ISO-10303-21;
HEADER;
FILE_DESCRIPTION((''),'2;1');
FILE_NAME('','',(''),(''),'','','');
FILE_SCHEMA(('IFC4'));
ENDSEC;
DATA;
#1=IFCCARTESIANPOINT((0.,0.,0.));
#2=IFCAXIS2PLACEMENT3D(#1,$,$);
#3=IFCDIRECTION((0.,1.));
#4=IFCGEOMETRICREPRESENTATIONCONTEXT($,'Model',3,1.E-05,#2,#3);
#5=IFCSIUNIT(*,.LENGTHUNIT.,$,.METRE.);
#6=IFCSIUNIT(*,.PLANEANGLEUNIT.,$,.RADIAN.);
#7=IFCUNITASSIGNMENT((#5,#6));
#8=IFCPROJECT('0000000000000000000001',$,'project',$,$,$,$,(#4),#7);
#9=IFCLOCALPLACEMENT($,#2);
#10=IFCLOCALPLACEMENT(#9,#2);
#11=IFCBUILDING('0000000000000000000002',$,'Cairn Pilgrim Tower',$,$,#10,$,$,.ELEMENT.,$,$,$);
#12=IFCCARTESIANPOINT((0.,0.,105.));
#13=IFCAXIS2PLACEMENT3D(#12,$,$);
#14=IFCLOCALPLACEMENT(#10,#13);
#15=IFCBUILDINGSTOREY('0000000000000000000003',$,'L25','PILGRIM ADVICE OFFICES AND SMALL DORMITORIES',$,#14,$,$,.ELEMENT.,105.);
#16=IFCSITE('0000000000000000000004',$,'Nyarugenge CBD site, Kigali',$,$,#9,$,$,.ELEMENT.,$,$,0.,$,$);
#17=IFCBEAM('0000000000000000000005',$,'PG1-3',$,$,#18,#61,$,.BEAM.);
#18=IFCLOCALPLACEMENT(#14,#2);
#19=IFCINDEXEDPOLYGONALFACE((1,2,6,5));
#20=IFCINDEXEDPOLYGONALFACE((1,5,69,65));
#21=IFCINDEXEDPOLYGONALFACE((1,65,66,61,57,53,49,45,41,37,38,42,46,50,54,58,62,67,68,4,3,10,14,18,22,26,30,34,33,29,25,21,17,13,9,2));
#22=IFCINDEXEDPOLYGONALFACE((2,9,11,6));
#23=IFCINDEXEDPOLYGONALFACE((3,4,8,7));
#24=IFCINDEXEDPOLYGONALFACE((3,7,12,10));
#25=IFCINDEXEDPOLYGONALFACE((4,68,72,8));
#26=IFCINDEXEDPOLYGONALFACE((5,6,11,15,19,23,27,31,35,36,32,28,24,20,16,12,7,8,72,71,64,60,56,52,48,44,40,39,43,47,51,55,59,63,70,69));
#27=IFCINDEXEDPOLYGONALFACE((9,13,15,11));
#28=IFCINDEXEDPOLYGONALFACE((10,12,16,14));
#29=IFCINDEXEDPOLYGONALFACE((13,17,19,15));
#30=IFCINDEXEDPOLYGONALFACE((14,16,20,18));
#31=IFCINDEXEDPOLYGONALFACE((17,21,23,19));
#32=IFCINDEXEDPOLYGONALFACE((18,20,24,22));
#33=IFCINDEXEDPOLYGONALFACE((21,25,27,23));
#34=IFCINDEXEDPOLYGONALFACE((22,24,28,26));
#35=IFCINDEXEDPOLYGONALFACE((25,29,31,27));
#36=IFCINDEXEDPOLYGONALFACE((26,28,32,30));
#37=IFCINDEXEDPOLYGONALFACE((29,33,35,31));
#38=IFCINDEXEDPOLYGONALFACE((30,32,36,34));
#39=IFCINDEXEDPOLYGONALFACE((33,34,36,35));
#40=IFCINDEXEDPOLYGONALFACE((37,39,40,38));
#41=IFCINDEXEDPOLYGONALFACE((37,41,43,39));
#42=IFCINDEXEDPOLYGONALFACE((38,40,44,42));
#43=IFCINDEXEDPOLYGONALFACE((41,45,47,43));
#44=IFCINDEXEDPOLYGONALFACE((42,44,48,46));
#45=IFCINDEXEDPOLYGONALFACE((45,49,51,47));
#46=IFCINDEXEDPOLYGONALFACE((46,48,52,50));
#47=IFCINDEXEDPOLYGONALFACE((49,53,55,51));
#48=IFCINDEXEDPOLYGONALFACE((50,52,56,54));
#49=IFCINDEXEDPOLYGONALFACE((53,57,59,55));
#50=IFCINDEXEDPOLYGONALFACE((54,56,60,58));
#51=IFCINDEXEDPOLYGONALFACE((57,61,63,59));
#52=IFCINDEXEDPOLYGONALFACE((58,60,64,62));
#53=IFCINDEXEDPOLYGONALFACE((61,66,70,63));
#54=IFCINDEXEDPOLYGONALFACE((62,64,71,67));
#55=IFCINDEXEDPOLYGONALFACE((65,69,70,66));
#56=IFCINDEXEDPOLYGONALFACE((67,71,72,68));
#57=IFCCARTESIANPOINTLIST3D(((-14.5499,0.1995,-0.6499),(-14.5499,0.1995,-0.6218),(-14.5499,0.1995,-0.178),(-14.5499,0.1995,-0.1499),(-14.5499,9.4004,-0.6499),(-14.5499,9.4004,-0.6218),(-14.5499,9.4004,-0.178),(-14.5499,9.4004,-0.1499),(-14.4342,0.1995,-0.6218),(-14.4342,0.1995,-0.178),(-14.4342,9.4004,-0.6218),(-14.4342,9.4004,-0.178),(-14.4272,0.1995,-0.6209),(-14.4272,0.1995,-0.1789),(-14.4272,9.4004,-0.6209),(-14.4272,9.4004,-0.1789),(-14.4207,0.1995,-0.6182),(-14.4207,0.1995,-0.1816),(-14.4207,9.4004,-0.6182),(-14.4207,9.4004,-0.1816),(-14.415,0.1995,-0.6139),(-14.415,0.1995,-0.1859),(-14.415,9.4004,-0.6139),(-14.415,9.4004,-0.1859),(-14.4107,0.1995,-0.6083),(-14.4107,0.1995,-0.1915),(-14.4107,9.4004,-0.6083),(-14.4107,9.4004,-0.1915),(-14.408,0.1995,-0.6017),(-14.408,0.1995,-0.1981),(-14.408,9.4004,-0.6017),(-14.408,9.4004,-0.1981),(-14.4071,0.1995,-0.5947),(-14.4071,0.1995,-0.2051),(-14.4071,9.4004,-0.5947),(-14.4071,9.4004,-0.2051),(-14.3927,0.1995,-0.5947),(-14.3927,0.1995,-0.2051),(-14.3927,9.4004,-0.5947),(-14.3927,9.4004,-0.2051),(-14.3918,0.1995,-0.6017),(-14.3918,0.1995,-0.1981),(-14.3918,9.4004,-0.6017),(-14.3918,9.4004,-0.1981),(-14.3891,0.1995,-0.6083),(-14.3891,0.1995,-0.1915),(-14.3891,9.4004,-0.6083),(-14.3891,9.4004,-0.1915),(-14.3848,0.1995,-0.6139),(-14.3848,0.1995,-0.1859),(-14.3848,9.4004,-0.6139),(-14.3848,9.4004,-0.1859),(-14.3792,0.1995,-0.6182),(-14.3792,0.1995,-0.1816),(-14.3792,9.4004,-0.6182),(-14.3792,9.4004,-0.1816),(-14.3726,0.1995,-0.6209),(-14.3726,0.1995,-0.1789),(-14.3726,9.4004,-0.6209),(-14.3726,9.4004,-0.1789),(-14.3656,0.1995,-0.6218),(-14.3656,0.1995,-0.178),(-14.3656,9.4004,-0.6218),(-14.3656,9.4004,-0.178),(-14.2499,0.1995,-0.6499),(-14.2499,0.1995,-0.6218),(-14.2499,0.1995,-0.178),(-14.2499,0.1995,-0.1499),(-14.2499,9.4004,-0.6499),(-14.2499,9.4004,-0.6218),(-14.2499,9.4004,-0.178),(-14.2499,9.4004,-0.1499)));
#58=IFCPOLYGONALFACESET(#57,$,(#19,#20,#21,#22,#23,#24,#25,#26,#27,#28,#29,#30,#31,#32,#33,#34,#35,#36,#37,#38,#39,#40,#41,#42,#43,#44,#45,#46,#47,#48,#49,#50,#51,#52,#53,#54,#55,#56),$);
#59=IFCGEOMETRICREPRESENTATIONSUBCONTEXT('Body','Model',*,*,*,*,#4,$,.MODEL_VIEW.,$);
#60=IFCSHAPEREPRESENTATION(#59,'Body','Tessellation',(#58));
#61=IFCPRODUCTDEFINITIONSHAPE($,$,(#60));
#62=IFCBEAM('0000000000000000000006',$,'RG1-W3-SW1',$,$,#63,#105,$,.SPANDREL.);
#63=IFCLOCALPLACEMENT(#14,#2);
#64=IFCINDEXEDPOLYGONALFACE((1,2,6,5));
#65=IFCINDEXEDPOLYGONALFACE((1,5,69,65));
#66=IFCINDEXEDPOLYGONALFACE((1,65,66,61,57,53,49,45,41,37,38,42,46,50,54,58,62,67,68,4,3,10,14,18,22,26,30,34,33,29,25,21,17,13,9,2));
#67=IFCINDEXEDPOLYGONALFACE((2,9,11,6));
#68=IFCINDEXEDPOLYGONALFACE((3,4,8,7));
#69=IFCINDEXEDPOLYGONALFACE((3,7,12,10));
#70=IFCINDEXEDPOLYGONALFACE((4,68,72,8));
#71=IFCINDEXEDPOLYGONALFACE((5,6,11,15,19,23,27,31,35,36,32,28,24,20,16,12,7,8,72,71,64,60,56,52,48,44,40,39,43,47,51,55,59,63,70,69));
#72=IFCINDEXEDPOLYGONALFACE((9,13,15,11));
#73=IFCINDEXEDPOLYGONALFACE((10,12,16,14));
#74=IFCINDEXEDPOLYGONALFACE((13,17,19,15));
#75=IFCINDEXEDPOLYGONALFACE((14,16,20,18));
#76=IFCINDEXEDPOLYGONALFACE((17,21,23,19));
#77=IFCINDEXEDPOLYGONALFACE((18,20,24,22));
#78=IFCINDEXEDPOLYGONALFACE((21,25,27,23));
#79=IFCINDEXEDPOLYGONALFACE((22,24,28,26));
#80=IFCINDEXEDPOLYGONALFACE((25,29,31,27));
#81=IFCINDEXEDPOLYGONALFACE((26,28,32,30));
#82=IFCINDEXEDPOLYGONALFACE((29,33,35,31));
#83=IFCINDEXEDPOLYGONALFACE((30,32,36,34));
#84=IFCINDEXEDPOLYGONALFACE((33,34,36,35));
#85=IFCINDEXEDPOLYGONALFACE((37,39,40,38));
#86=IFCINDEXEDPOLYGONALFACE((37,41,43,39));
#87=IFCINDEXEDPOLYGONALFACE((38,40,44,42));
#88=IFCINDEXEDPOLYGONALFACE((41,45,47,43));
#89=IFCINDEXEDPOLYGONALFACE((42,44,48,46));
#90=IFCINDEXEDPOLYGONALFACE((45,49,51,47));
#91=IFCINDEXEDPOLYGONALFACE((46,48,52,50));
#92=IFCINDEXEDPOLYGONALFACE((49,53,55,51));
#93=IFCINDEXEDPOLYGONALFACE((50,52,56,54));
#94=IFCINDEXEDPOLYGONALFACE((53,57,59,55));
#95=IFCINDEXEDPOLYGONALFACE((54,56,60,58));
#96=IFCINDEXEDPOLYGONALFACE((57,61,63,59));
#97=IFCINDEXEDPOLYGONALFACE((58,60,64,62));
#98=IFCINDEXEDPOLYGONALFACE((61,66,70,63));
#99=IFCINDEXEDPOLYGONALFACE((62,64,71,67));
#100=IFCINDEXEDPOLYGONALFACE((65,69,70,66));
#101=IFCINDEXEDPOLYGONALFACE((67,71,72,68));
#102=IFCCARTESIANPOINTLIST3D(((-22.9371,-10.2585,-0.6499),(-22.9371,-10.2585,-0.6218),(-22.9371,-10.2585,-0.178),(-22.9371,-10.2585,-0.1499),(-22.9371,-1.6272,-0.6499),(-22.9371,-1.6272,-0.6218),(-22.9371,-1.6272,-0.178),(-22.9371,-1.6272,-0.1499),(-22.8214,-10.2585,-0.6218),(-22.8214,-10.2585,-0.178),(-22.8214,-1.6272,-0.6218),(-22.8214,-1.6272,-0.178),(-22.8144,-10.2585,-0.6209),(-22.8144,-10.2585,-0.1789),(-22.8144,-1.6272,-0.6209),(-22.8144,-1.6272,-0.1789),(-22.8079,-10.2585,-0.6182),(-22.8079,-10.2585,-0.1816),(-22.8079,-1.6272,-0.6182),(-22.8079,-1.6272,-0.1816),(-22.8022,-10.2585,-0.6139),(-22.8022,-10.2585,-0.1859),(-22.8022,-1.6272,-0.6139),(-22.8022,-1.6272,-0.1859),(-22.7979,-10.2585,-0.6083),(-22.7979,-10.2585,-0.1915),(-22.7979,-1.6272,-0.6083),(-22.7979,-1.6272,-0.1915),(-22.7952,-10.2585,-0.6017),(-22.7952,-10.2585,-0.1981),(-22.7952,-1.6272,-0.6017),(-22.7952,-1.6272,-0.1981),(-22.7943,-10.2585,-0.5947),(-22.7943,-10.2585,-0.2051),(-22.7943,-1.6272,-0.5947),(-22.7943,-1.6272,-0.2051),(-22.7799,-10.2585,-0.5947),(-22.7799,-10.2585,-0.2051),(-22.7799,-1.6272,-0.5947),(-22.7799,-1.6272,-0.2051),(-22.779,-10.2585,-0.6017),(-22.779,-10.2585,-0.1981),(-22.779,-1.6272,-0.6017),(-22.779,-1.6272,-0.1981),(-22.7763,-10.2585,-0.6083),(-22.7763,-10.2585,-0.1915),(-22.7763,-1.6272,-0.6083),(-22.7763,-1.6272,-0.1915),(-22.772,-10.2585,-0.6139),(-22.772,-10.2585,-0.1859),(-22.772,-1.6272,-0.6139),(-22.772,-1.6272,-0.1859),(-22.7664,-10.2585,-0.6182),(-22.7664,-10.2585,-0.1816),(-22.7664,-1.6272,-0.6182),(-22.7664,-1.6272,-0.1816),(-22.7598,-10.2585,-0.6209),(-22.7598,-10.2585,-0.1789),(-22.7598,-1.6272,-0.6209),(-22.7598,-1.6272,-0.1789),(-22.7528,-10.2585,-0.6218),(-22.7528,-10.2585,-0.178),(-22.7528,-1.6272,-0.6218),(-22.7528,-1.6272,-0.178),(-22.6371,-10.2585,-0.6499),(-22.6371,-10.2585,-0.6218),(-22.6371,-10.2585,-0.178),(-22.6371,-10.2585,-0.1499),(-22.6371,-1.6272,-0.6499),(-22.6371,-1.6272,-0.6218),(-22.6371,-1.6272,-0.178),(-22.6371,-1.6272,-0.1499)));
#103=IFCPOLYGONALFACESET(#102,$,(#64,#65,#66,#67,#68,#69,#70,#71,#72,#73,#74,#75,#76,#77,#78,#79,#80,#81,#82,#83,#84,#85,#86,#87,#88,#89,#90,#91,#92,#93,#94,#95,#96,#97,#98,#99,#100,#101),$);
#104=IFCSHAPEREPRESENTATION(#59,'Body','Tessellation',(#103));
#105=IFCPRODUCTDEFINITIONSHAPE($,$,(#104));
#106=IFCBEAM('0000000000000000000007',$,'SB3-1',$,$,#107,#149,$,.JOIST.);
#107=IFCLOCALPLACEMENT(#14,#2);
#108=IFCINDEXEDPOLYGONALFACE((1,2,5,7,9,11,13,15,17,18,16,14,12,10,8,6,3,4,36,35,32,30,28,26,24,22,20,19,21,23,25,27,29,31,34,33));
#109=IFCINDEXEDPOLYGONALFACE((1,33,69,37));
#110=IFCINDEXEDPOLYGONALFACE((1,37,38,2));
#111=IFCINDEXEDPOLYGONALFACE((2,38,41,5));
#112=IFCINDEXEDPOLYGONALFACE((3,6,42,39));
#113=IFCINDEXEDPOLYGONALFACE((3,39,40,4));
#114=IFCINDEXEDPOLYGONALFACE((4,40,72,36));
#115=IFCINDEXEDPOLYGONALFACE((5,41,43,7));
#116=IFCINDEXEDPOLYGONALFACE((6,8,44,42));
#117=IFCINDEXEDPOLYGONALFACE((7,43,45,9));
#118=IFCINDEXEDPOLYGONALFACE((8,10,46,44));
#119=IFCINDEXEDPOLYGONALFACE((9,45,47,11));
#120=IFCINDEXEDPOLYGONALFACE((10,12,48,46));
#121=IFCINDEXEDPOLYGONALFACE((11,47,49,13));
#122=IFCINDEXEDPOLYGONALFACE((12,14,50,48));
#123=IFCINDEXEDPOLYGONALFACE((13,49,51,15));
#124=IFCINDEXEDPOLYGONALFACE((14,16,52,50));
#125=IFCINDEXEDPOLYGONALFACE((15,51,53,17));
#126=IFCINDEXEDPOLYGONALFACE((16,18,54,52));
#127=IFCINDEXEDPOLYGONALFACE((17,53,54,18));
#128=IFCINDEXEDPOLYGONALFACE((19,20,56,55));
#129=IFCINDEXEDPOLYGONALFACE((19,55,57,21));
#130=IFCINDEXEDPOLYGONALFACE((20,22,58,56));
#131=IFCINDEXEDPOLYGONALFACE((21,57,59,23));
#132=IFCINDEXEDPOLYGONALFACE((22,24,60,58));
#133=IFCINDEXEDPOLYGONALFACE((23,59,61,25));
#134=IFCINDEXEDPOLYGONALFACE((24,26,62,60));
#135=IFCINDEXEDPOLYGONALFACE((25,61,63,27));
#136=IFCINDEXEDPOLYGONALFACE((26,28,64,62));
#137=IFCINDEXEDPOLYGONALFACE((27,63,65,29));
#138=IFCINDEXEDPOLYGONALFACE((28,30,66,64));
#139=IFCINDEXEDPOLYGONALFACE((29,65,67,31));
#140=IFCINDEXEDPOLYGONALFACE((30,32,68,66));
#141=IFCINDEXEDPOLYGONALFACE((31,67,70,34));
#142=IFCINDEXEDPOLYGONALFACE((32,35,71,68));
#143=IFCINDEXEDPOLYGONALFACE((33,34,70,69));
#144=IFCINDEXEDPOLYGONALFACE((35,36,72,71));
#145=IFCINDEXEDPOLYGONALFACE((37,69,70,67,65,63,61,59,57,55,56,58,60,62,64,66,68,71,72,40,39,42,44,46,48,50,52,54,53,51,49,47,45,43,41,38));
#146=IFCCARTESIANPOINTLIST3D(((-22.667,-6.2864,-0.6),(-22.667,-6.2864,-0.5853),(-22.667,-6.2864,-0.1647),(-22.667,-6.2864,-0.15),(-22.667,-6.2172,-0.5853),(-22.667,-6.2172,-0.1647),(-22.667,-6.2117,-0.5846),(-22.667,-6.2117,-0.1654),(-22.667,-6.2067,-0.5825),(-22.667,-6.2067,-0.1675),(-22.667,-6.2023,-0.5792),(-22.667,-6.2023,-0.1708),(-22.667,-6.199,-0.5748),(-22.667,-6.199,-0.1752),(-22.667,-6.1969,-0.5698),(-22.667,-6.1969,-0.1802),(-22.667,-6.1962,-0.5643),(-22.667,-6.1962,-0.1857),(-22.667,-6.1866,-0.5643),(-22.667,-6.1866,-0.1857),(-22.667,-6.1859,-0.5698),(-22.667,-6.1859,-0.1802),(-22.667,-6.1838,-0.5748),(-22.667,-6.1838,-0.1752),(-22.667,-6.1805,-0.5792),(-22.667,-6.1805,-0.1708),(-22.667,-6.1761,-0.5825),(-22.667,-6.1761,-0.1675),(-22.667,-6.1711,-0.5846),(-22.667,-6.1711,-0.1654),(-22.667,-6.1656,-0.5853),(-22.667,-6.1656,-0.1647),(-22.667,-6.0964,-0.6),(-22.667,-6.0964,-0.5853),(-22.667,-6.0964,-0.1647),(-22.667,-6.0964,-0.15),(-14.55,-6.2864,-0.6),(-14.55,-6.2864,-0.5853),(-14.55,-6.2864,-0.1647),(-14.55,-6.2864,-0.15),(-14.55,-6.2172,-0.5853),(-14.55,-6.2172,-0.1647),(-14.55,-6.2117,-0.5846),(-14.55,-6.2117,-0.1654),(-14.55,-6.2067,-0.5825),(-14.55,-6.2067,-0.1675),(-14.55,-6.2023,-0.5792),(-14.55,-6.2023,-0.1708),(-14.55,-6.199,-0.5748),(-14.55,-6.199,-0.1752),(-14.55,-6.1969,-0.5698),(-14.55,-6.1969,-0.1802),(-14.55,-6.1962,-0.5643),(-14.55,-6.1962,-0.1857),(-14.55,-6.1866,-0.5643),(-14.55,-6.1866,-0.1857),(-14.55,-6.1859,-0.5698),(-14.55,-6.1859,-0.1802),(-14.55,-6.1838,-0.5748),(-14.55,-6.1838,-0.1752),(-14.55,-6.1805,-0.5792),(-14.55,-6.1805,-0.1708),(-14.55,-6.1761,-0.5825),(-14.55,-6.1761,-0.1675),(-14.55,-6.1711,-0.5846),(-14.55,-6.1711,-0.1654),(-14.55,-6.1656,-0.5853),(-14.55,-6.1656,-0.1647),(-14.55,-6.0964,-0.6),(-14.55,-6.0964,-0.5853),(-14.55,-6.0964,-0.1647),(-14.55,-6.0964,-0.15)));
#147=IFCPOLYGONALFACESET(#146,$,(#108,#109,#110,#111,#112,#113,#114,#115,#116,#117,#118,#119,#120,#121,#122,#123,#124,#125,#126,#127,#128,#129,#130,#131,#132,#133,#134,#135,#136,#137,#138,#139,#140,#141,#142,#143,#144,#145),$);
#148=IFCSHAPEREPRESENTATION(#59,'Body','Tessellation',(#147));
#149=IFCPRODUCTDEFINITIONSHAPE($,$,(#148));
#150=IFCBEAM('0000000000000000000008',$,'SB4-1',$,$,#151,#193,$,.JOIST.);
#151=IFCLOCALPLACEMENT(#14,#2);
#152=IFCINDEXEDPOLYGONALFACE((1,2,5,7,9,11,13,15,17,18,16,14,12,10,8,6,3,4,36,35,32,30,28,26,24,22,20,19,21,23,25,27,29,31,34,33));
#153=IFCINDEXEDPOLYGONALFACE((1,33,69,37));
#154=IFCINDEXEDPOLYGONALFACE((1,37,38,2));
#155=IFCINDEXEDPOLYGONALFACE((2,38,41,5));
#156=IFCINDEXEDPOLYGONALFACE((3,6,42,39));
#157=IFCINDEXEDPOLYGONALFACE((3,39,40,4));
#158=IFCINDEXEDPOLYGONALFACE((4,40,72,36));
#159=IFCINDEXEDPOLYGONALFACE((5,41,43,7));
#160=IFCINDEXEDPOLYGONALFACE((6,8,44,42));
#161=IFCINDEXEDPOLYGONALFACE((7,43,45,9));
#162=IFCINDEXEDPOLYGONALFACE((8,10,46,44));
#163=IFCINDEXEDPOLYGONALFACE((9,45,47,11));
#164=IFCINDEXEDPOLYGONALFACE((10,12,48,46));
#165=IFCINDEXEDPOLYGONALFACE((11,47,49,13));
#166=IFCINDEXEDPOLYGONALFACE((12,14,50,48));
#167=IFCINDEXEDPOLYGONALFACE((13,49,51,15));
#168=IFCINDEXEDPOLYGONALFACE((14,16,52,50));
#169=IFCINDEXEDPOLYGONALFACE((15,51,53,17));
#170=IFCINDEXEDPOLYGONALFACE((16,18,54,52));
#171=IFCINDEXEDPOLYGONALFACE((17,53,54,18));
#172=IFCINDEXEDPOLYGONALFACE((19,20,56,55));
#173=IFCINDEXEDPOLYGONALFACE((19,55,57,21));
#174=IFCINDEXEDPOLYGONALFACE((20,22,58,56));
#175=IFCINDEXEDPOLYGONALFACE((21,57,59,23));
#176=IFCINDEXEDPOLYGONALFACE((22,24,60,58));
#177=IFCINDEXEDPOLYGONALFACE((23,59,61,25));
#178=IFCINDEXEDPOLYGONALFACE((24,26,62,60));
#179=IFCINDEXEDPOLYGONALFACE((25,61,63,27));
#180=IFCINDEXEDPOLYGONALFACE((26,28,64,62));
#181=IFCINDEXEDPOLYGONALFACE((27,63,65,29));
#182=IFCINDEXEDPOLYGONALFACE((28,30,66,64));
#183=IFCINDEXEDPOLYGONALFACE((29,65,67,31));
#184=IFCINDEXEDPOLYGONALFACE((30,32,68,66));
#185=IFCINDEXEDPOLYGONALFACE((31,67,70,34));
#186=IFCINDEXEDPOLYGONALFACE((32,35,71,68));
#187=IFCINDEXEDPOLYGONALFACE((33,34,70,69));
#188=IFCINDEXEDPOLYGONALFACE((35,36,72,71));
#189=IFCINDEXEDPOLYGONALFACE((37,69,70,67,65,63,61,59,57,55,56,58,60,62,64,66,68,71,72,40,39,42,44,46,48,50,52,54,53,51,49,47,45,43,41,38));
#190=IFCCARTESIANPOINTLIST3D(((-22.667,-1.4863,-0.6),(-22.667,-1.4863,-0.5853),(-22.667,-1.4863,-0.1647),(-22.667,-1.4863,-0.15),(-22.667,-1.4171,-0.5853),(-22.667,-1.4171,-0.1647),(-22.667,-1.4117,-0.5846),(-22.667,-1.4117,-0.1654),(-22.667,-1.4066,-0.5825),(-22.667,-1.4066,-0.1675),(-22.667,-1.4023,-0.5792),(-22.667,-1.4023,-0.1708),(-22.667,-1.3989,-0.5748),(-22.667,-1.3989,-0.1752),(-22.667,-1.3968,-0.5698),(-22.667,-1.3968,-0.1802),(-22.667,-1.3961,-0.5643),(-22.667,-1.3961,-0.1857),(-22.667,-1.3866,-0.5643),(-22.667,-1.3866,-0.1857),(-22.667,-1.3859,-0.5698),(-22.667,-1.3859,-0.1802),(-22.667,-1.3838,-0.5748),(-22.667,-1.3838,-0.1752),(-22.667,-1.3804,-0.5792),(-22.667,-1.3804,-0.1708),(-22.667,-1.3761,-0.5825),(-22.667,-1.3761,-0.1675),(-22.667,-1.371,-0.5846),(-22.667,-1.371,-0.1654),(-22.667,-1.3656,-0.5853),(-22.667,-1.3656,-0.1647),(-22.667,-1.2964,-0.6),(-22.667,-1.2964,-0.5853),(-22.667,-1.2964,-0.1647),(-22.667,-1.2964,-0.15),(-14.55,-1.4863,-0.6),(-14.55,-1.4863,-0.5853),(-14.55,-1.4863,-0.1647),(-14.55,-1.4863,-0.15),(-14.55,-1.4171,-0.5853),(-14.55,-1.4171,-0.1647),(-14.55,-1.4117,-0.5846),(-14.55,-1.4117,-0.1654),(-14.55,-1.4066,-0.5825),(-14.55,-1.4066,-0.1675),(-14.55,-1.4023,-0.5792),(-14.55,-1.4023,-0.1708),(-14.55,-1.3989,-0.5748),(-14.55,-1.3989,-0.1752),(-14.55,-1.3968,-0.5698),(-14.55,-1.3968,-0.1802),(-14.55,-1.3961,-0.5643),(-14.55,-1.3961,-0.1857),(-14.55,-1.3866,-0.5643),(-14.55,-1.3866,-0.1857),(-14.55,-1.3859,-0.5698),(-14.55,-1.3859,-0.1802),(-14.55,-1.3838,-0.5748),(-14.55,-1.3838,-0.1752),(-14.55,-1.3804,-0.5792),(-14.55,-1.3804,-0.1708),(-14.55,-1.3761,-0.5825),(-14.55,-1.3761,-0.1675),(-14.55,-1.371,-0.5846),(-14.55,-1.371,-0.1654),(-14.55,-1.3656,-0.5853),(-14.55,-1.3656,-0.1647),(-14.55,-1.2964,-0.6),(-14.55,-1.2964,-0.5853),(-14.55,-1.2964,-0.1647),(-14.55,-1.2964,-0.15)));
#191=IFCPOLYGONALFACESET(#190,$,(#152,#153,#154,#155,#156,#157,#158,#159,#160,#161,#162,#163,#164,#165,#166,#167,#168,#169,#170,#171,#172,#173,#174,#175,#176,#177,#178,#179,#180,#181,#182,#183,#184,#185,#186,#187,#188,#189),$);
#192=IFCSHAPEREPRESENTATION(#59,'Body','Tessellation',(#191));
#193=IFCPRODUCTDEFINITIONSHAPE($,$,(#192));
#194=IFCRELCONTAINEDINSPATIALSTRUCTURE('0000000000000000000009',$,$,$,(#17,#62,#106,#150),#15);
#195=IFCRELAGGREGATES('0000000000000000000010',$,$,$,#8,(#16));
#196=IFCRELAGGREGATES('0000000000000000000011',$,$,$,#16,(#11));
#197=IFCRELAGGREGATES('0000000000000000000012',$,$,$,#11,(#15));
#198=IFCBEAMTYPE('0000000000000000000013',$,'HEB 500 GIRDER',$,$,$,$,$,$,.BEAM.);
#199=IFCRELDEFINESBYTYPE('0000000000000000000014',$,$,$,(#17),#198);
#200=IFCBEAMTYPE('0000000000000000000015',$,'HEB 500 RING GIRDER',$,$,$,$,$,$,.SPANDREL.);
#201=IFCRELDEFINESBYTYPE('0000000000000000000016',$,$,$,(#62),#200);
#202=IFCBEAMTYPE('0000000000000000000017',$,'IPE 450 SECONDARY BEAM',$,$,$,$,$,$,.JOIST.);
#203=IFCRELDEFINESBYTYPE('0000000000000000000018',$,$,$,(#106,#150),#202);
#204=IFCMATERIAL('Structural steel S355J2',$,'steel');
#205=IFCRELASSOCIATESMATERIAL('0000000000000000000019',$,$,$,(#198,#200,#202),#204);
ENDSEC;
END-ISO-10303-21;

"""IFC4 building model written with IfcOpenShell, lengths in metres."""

from ifc_helpers import new_model, si_unit, direction, frame, origin, origin_2d, place, context, subcontext, project, spatial, i_section, extrude, material, material_profile, profile_set, type_object, element, save


model = new_model("IFC4")

# Units and contexts
model_context = context("Model", 3, precision=1e-05, world=origin(), true_north=direction((0.0, 1.0)))
body_context = subcontext(model_context, "Body", "Model", "MODEL_VIEW")
ifc_project = project(units=[si_unit("LENGTHUNIT", "METRE"), si_unit("PLANEANGLEUNIT", "RADIAN")], contexts=[model_context])

# Site, building, storey
site_placement = place(None, origin())
site = spatial("IfcSite", under=ifc_project, at=site_placement, Name="Nyarugenge CBD site, Kigali", CompositionType="ELEMENT", RefElevation=0.0)
building_placement = place(site_placement, origin())
building = spatial("IfcBuilding", under=site, at=building_placement, Name="Cairn Pilgrim Tower", CompositionType="ELEMENT")
storey_placement = place(building_placement, frame((0.0, 0.0, 105.0)))
storey = spatial("IfcBuildingStorey", under=building, at=storey_placement, Name="L25", Description="PILGRIM ADVICE OFFICES AND SMALL DORMITORIES", CompositionType="ELEMENT", Elevation=105.0)

# Shared definitions
ifc_material_1 = material(Name="Structural steel S355J2", Category="steel")

# Beams
ifc_material_profile_1 = material_profile(ifc_material_1, i_section(OverallWidth=0.3, OverallDepth=0.5, WebThickness=0.0144, FlangeThickness=0.0281, FilletRadius=0.0271, at=origin_2d()), Name="HEB 500")
ifc_profile_set_1 = profile_set([ifc_material_profile_1], Name="Structural steel S355J2")
beam_type_1 = type_object("IfcBeamType", Name="HEB 500 GIRDER", PredefinedType="BEAM", material=ifc_profile_set_1)
for number, where, z_axis, x_axis, name in (
    (1, (-14.3999, 0.1995, -0.3999), (0.0, 1.0, 0.0), (-1.0, 0.0, 0.0), "PG1-3"),
):
    element("IfcBeam", number, at=place(storey_placement, frame(where, z_axis=z_axis, x_axis=x_axis)), inside=storey, type_object=beam_type_1, Name=name, PredefinedType="BEAM", context=body_context, shape_type="SweptSolid", body=[
        extrude(i_section(OverallWidth=0.3, OverallDepth=0.5, WebThickness=0.0144, FlangeThickness=0.0281, FilletRadius=0.0271, at=origin_2d()), origin(), (0.0, 0.0, 1.0), 9.2009),
    ])
ifc_material_profile_2 = material_profile(ifc_material_1, i_section(OverallWidth=0.3, OverallDepth=0.5, WebThickness=0.0144, FlangeThickness=0.0281, FilletRadius=0.0271, at=origin_2d()), Name="HEB 500")
ifc_profile_set_2 = profile_set([ifc_material_profile_2], Name="Structural steel S355J2")
beam_type_2 = type_object("IfcBeamType", Name="HEB 500 RING GIRDER", PredefinedType="SPANDREL", material=ifc_profile_set_2)
beam_placement = place(storey_placement, frame((-22.7871, -1.6272, -0.3999), z_axis=(0.0, -1.0, 0.0), x_axis=(1.0, 0.0, 0.0)))
element("IfcBeam", 2, at=beam_placement, inside=storey, type_object=beam_type_2, Name="RG1-W3-SW1", PredefinedType="SPANDREL", context=body_context, shape_type="SweptSolid", body=[
    extrude(i_section(OverallWidth=0.3, OverallDepth=0.5, WebThickness=0.0144, FlangeThickness=0.0281, FilletRadius=0.0271, at=origin_2d()), origin(), (0.0, 0.0, 1.0), 8.6313),
])
ifc_material_profile_3 = material_profile(ifc_material_1, i_section(OverallWidth=0.1899, OverallDepth=0.45, WebThickness=0.0095, FlangeThickness=0.0146, FilletRadius=0.021, at=origin_2d()), Name="IPE 450")
ifc_profile_set_3 = profile_set([ifc_material_profile_3], Name="Structural steel S355J2")
beam_type_3 = type_object("IfcBeamType", Name="IPE 450 SECONDARY BEAM", PredefinedType="JOIST", material=ifc_profile_set_3)
for number, where, z_axis, x_axis, name in (
    (3, (-22.667, -6.1914, -0.375), (1.0, 0.0, 0.0), (0.0, 1.0, 0.0), "SB3-1"),
    (4, (-22.667, -1.3914, -0.375), (1.0, 0.0, 0.0), (0.0, 1.0, 0.0), "SB4-1"),
):
    element("IfcBeam", number, at=place(storey_placement, frame(where, z_axis=z_axis, x_axis=x_axis)), inside=storey, type_object=beam_type_3, Name=name, PredefinedType="JOIST", context=body_context, shape_type="SweptSolid", body=[
        extrude(i_section(OverallWidth=0.1899, OverallDepth=0.45, WebThickness=0.0095, FlangeThickness=0.0146, FilletRadius=0.021, at=origin_2d()), origin(), (0.0, 0.0, 1.0), 8.1169),
    ])

save(model, "model.ifc")
